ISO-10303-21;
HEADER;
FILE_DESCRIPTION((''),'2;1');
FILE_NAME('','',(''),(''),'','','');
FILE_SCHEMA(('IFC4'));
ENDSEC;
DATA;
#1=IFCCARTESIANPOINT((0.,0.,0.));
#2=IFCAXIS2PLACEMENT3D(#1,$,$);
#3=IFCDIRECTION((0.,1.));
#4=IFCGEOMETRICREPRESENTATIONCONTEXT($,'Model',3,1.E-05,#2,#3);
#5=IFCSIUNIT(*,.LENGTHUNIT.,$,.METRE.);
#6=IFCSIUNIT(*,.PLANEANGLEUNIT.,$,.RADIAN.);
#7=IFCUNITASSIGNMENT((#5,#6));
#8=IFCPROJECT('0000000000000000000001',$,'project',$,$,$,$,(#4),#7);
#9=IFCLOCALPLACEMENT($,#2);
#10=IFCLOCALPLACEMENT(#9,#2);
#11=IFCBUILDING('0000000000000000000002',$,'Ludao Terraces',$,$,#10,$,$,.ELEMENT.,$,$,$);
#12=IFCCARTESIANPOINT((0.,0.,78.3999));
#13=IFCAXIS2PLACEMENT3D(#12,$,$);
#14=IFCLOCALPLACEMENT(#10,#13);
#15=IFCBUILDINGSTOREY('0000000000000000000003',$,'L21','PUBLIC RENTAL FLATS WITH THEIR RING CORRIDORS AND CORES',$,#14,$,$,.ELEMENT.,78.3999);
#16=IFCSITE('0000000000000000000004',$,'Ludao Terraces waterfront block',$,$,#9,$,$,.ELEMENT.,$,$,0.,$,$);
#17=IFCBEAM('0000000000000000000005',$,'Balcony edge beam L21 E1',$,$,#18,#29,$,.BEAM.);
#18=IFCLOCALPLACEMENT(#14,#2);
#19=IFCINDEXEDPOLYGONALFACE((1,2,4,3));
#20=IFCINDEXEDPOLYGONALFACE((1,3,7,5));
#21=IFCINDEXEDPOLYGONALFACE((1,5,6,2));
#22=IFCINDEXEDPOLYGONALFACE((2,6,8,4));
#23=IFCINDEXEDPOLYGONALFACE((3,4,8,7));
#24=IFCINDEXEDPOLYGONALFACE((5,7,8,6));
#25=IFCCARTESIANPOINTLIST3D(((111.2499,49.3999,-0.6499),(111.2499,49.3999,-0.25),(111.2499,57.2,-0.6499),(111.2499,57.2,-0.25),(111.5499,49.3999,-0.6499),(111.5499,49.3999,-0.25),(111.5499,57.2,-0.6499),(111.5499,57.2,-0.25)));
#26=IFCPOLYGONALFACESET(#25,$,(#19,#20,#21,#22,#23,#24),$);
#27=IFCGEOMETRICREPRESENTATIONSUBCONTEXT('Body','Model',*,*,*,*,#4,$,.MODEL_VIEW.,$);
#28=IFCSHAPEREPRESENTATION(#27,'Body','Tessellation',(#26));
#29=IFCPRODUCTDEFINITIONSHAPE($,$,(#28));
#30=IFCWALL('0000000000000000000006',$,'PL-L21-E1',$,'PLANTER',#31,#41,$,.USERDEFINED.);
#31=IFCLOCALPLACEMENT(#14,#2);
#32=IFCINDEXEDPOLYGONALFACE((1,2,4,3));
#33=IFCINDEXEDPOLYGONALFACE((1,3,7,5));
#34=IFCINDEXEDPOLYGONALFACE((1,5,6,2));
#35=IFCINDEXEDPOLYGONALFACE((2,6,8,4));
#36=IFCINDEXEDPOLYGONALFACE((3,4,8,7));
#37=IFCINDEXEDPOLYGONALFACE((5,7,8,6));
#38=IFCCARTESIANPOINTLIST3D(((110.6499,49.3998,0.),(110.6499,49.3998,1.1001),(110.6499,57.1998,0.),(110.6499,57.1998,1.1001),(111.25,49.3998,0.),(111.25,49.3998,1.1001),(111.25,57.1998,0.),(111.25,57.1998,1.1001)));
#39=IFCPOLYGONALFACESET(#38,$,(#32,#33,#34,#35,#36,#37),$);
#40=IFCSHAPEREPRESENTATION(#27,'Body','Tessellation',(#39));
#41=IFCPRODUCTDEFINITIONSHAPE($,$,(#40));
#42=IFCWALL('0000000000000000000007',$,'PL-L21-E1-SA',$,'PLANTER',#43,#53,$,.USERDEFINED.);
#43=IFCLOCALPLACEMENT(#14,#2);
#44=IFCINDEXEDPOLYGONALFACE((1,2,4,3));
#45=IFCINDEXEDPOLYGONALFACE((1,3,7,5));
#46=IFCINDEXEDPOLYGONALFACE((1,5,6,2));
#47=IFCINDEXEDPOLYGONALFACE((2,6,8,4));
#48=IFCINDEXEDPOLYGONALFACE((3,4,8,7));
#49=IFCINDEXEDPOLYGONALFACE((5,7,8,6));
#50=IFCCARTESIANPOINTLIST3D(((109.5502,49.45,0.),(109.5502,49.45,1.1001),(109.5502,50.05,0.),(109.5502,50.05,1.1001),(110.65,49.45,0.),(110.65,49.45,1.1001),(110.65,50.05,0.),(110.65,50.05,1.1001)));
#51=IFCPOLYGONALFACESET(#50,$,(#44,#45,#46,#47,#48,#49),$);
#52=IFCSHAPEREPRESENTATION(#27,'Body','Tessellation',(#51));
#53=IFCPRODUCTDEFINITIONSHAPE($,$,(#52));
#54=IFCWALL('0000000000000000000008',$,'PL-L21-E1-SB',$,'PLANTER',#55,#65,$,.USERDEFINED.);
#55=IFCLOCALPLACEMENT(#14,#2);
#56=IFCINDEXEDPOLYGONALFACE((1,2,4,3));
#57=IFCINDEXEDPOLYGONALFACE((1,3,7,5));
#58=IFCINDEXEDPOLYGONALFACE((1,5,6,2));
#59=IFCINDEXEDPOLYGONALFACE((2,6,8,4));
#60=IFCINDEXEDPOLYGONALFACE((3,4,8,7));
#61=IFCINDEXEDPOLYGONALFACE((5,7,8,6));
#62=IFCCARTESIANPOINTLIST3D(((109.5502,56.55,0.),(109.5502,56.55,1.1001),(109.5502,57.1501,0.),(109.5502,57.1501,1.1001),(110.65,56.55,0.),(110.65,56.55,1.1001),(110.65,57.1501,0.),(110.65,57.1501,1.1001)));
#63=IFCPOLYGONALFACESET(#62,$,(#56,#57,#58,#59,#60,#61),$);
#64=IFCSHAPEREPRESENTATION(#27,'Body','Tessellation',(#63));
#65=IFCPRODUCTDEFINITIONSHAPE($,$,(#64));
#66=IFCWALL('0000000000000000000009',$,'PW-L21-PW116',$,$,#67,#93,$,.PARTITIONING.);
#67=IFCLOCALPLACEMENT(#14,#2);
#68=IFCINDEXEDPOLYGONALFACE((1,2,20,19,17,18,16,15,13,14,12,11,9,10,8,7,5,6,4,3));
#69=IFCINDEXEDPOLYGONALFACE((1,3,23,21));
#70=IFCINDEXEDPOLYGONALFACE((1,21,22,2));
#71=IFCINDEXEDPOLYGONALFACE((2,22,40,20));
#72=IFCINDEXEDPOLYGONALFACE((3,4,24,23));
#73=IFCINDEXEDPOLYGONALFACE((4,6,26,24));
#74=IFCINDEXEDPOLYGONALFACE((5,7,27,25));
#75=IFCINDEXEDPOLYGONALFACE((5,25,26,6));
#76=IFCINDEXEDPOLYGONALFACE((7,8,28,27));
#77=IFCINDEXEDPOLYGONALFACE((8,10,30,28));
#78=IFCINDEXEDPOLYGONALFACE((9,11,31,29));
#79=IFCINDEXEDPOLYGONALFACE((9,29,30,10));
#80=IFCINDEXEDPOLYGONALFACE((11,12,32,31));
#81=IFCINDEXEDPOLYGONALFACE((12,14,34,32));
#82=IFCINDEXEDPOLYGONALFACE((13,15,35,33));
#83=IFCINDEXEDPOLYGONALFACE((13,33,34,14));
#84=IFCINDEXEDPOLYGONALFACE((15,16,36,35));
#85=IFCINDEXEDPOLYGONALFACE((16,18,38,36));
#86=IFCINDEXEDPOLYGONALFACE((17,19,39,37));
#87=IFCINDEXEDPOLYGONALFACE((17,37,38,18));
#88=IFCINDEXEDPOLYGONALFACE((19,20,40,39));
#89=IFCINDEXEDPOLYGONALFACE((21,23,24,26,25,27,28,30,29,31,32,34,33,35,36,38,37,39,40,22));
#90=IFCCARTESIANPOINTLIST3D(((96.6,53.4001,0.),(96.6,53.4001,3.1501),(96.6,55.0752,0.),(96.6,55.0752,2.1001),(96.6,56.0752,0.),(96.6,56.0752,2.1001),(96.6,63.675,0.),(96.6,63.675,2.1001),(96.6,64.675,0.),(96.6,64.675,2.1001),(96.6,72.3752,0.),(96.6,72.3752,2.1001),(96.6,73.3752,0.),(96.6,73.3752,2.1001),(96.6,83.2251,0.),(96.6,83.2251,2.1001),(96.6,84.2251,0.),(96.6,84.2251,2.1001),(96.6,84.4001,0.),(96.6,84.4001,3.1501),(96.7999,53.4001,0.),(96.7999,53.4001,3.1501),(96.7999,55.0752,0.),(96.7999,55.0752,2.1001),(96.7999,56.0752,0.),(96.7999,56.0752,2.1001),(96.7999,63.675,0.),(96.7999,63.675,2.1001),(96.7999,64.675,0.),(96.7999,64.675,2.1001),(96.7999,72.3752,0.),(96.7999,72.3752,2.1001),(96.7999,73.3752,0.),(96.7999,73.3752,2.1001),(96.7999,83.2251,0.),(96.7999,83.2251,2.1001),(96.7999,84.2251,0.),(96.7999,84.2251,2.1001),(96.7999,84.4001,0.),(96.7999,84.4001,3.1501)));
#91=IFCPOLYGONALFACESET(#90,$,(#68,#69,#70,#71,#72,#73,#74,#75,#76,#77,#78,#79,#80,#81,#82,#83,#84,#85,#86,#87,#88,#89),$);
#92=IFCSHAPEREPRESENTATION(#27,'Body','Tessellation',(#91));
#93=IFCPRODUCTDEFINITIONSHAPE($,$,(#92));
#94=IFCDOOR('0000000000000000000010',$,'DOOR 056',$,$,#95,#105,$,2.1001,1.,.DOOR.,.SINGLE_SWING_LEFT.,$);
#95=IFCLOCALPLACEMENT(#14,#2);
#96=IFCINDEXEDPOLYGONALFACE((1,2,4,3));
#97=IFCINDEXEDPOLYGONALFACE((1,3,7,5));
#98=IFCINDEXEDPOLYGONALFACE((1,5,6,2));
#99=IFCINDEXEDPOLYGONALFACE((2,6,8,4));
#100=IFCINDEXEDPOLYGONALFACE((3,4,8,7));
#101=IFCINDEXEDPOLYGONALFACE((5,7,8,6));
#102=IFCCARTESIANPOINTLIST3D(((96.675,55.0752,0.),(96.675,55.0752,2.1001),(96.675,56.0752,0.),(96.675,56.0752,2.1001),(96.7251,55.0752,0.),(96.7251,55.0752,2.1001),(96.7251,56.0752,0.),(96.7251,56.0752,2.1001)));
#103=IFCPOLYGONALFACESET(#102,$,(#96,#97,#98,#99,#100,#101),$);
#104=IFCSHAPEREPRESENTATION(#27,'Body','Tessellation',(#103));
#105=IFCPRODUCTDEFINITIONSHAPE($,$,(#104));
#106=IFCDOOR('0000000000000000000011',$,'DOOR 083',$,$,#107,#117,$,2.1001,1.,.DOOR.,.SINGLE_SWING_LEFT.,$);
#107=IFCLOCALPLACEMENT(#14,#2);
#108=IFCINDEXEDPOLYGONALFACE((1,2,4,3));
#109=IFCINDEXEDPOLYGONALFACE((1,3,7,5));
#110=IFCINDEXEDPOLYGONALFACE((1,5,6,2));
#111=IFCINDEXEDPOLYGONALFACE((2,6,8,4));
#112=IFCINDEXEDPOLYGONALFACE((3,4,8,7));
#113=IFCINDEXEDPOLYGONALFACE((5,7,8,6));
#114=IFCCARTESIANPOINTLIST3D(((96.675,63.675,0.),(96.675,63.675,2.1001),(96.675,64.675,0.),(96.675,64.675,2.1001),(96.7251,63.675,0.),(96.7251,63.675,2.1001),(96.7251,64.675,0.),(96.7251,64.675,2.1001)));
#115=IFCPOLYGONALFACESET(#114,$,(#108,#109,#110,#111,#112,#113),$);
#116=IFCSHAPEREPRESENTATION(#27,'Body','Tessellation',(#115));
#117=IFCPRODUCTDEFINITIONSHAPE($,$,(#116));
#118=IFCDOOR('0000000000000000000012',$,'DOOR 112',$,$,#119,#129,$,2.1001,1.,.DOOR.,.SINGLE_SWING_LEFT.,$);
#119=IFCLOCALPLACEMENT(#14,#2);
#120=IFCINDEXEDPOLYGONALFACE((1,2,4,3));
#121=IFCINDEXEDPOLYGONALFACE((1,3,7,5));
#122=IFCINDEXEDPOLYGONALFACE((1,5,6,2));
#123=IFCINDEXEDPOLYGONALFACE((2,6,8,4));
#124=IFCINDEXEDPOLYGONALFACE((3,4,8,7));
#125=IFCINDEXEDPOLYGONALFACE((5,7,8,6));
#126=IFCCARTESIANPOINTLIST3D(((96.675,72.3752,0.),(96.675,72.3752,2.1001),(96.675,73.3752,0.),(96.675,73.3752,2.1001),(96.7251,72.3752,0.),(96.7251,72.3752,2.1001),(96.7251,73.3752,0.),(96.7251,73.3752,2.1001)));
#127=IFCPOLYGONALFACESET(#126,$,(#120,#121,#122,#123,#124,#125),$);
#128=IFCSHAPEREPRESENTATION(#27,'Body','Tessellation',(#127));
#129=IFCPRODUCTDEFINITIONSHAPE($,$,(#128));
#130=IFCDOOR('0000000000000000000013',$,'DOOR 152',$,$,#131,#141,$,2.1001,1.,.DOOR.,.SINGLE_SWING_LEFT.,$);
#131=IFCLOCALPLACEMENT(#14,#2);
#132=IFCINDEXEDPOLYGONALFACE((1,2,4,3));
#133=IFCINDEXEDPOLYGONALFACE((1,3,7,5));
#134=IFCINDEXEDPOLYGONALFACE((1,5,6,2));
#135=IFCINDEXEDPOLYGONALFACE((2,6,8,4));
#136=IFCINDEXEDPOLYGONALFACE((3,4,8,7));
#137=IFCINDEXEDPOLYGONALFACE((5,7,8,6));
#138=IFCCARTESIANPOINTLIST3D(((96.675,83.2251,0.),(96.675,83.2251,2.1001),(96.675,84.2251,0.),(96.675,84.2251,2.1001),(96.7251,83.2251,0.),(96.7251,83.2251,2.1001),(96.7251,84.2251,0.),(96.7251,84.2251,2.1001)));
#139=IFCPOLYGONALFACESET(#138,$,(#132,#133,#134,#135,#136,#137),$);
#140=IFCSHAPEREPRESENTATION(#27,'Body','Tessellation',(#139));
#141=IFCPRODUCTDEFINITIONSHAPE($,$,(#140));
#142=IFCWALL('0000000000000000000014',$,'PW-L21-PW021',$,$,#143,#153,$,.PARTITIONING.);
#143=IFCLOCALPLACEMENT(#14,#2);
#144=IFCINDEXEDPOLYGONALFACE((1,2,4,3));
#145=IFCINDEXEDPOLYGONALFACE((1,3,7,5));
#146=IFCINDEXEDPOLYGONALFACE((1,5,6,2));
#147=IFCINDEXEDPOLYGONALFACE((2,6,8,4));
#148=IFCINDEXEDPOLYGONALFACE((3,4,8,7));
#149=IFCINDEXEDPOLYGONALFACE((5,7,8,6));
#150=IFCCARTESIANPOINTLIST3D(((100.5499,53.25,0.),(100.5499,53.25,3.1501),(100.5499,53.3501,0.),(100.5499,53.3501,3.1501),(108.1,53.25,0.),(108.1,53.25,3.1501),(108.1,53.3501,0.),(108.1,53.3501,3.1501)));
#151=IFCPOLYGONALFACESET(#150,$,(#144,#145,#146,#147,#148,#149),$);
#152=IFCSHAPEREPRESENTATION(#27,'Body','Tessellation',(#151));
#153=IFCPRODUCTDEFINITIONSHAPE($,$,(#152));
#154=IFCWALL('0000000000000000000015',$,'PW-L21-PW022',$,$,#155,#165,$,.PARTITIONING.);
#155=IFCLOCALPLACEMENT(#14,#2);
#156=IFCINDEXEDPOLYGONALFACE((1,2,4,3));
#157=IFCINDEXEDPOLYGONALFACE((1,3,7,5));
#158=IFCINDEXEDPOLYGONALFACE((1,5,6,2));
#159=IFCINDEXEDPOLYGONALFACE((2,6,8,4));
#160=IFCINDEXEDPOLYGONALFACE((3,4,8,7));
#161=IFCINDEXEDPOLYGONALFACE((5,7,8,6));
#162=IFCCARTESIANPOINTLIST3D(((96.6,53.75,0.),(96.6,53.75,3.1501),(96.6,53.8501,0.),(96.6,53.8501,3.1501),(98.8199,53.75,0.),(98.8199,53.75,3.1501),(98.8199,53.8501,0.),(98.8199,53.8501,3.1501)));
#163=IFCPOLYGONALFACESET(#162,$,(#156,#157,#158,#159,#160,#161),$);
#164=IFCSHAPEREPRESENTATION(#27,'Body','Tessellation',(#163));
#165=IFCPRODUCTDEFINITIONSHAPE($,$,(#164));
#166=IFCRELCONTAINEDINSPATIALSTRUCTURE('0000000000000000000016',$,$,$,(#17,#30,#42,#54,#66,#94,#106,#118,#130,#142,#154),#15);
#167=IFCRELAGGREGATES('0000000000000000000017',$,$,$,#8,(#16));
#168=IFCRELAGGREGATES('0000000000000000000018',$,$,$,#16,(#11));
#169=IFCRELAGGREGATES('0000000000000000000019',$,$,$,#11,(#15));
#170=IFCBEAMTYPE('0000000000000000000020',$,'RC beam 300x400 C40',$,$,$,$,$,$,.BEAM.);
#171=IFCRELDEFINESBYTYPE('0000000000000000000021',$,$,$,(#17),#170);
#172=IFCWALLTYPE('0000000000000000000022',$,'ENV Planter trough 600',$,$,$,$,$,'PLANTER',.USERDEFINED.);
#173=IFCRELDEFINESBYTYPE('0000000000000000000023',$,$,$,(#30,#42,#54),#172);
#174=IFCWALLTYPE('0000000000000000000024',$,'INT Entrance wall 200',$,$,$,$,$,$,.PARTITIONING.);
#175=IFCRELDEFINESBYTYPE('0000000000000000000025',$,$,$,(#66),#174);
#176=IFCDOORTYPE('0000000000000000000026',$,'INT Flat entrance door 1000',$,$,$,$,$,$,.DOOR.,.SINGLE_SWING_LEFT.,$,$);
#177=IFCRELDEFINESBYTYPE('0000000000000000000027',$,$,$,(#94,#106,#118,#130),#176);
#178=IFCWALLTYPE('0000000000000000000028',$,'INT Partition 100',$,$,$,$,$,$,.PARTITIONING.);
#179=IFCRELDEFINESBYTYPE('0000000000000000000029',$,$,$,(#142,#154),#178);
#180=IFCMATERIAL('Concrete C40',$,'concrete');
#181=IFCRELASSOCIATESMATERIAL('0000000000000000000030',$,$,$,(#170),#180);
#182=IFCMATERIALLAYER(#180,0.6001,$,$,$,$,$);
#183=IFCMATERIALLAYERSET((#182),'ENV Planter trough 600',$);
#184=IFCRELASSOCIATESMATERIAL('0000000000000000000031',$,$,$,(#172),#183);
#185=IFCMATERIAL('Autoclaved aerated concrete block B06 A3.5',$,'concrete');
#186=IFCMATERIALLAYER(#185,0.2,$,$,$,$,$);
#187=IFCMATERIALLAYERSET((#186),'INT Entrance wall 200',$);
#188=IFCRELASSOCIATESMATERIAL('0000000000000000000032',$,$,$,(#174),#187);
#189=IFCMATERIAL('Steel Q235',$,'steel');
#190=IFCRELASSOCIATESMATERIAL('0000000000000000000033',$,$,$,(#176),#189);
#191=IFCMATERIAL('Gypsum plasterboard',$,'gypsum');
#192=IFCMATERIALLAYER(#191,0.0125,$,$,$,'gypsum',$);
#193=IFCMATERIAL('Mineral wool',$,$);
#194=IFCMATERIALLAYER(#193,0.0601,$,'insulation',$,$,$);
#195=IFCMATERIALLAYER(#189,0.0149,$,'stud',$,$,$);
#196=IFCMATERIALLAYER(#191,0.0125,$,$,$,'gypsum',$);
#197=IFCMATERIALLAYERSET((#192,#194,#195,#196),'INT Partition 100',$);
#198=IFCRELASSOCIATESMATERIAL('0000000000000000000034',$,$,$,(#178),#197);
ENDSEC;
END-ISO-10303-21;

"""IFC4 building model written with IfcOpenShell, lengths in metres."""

from ifc_helpers import new_model, si_unit, direction, frame, frame_2d, origin, origin_2d, place, context, subcontext, project, spatial, rectangle, extrude, material, layer, layer_set, material_profile, profile_set, type_object, element, fill, save


model = new_model("IFC4")

# Units and contexts
model_context = context("Model", 3, precision=1e-05, world=origin(), true_north=direction((0.0, 1.0)))
body_context = subcontext(model_context, "Body", "Model", "MODEL_VIEW")
ifc_project = project(units=[si_unit("LENGTHUNIT", "METRE"), si_unit("PLANEANGLEUNIT", "RADIAN")], contexts=[model_context])

# Site, building, storey
site_placement = place(None, origin())
site = spatial("IfcSite", under=ifc_project, at=site_placement, Name="Ludao Terraces waterfront block", CompositionType="ELEMENT", RefElevation=0.0)
building_placement = place(site_placement, origin())
building = spatial("IfcBuilding", under=site, at=building_placement, Name="Ludao Terraces", CompositionType="ELEMENT")
storey_placement = place(building_placement, frame((0.0, 0.0, 78.3999)))
storey = spatial("IfcBuildingStorey", under=building, at=storey_placement, Name="L21", Description="PUBLIC RENTAL FLATS WITH THEIR RING CORRIDORS AND CORES", CompositionType="ELEMENT", Elevation=78.3999)

# Beam
ifc_material_1 = material(Name="Concrete C40", Category="concrete")
ifc_material_profile = material_profile(ifc_material_1, rectangle(XDim=0.3, YDim=0.3999, at=origin_2d()), Name="300 X 400")
ifc_profile_set = profile_set([ifc_material_profile], Name="Concrete C40")
beam_type = type_object("IfcBeamType", Name="RC beam 300x400 C40", PredefinedType="BEAM", material=ifc_profile_set)
beam_placement = place(storey_placement, frame((111.3999, 49.3999, -0.45), z_axis=(0.0, 1.0, 0.0), x_axis=(-1.0, 0.0, 0.0)))
element("IfcBeam", 1, at=beam_placement, inside=storey, type_object=beam_type, Name="Balcony edge beam L21 E1", PredefinedType="BEAM", context=body_context, shape_type="SweptSolid", body=[
    extrude(rectangle(XDim=0.3, YDim=0.3999, at=origin_2d()), origin(), (0.0, 0.0, 1.0), 7.8),
])

# Walls
ifc_layer_1 = layer(ifc_material_1, 0.6001)
ifc_layer_set_1 = layer_set([ifc_layer_1], Name="ENV Planter trough 600")
wall_type_1 = type_object("IfcWallType", Name="ENV Planter trough 600", ElementType="PLANTER", PredefinedType="USERDEFINED", material=ifc_layer_set_1)
wall_1_placement = place(storey_placement, frame((110.95, 49.3999, 0.0), z_axis=(0.0, 0.0, 1.0), x_axis=(0.0, 1.0, 0.0)))
element("IfcWall", 2, at=wall_1_placement, inside=storey, type_object=wall_type_1, Name="PL-L21-E1", ObjectType="PLANTER", PredefinedType="USERDEFINED", context=body_context, shape_type="SweptSolid", body=[
    extrude(rectangle(XDim=7.8, YDim=0.6001, at=frame_2d((3.8999, 0.0))), origin(), (0.0, 0.0, 1.0), 1.1001),
])
for number, where, z_axis, x_axis, name in (
    (3, (110.6499, 49.75, 0.0), (0.0, 0.0, 1.0), (-1.0, 0.0, 0.0), "PL-L21-E1-SA"),
    (4, (110.6499, 56.8501, 0.0), (0.0, 0.0, 1.0), (-1.0, 0.0, 0.0), "PL-L21-E1-SB"),
):
    element("IfcWall", number, at=place(storey_placement, frame(where, z_axis=z_axis, x_axis=x_axis)), inside=storey, type_object=wall_type_1, Name=name, ObjectType="PLANTER", PredefinedType="USERDEFINED", context=body_context, shape_type="SweptSolid", body=[
        extrude(rectangle(XDim=1.0999, YDim=0.6001, at=frame_2d((0.5498, 0.0))), origin(), (0.0, 0.0, 1.0), 1.1001),
    ])

# Shared definitions
ifc_material_2 = material(Name="Mineral wool")

# Wall, openings, doors
ifc_material_3 = material(Name="Autoclaved aerated concrete block B06 A3.5", Category="concrete")
ifc_layer_2 = layer(ifc_material_3, 0.2)
ifc_layer_set_2 = layer_set([ifc_layer_2], Name="INT Entrance wall 200")
wall_type_2 = type_object("IfcWallType", Name="INT Entrance wall 200", PredefinedType="PARTITIONING", material=ifc_layer_set_2)
wall_2_placement = place(storey_placement, frame((96.7, 53.4001, 0.0), z_axis=(0.0, 0.0, 1.0), x_axis=(0.0, 1.0, 0.0)))
wall_2 = element("IfcWall", 5, at=wall_2_placement, inside=storey, type_object=wall_type_2, Name="PW-L21-PW116", PredefinedType="PARTITIONING", context=body_context, shape_type="SweptSolid", body=[
    extrude(rectangle(XDim=31.0, YDim=0.2, at=frame_2d((15.5, 0.0))), origin(), (0.0, 0.0, 1.0), 3.1501),
])
opening_1_placement = place(wall_2_placement, frame((1.675, 0.0, 0.0)))
opening_1 = element("IfcOpeningElement", 6, at=opening_1_placement, cuts=wall_2, PredefinedType="OPENING", context=body_context, shape_type="SweptSolid", body=[
    extrude(rectangle(XDim=1.0, YDim=2.1001, at=frame_2d((0.5, 1.05))), frame((0.0, 0.1099, 0.0), z_axis=(0.0, -1.0, 0.0), x_axis=(1.0, 0.0, 0.0)), (0.0, 0.0, 1.0), 0.22),
])
opening_2_placement = place(wall_2_placement, frame((10.2749, 0.0, 0.0)))
opening_2 = element("IfcOpeningElement", 7, at=opening_2_placement, cuts=wall_2, PredefinedType="OPENING", context=body_context, shape_type="SweptSolid", body=[
    extrude(rectangle(XDim=1.0, YDim=2.1001, at=frame_2d((0.5, 1.05))), frame((0.0, 0.1099, 0.0), z_axis=(0.0, -1.0, 0.0), x_axis=(1.0, 0.0, 0.0)), (0.0, 0.0, 1.0), 0.22),
])
opening_3_placement = place(wall_2_placement, frame((18.9751, 0.0, 0.0)))
opening_3 = element("IfcOpeningElement", 8, at=opening_3_placement, cuts=wall_2, PredefinedType="OPENING", context=body_context, shape_type="SweptSolid", body=[
    extrude(rectangle(XDim=1.0, YDim=2.1001, at=frame_2d((0.5, 1.05))), frame((0.0, 0.1099, 0.0), z_axis=(0.0, -1.0, 0.0), x_axis=(1.0, 0.0, 0.0)), (0.0, 0.0, 1.0), 0.22),
])
opening_4_placement = place(wall_2_placement, frame((29.825, 0.0, 0.0)))
opening_4 = element("IfcOpeningElement", 9, at=opening_4_placement, cuts=wall_2, PredefinedType="OPENING", context=body_context, shape_type="SweptSolid", body=[
    extrude(rectangle(XDim=1.0, YDim=2.1001, at=frame_2d((0.5, 1.05))), frame((0.0, 0.1099, 0.0), z_axis=(0.0, -1.0, 0.0), x_axis=(1.0, 0.0, 0.0)), (0.0, 0.0, 1.0), 0.22),
])
ifc_material_4 = material(Name="Steel Q235", Category="steel")
door_type_1 = type_object("IfcDoorType", Name="INT Flat entrance door 1000", OperationType="SINGLE_SWING_LEFT", PredefinedType="DOOR", material=ifc_material_4)
door_1_placement = place(opening_1_placement, origin())
door_1 = element("IfcDoor", 10, at=door_1_placement, inside=storey, type_object=door_type_1, Name="DOOR 056", OperationType="SINGLE_SWING_LEFT", OverallHeight=2.1001, OverallWidth=1.0, PredefinedType="DOOR", context=body_context, shape_type="SweptSolid", body=[
    extrude(rectangle(XDim=1.0, YDim=2.1001, at=frame_2d((0.5, 1.05))), frame((0.0, 0.0249, 0.0), z_axis=(0.0, -1.0, 0.0), x_axis=(1.0, 0.0, 0.0)), (0.0, 0.0, 1.0), 0.05),
])
fill(opening_1, door_1)
door_2_placement = place(opening_2_placement, origin())
door_2 = element("IfcDoor", 11, at=door_2_placement, inside=storey, type_object=door_type_1, Name="DOOR 083", OperationType="SINGLE_SWING_LEFT", OverallHeight=2.1001, OverallWidth=1.0, PredefinedType="DOOR", context=body_context, shape_type="SweptSolid", body=[
    extrude(rectangle(XDim=1.0, YDim=2.1001, at=frame_2d((0.5, 1.05))), frame((0.0, 0.0249, 0.0), z_axis=(0.0, -1.0, 0.0), x_axis=(1.0, 0.0, 0.0)), (0.0, 0.0, 1.0), 0.05),
])
fill(opening_2, door_2)
door_3_placement = place(opening_3_placement, origin())
door_3 = element("IfcDoor", 12, at=door_3_placement, inside=storey, type_object=door_type_1, Name="DOOR 112", OperationType="SINGLE_SWING_LEFT", OverallHeight=2.1001, OverallWidth=1.0, PredefinedType="DOOR", context=body_context, shape_type="SweptSolid", body=[
    extrude(rectangle(XDim=1.0, YDim=2.1001, at=frame_2d((0.5, 1.05))), frame((0.0, 0.0249, 0.0), z_axis=(0.0, -1.0, 0.0), x_axis=(1.0, 0.0, 0.0)), (0.0, 0.0, 1.0), 0.05),
])
fill(opening_3, door_3)
door_4_placement = place(opening_4_placement, origin())
door_4 = element("IfcDoor", 13, at=door_4_placement, inside=storey, type_object=door_type_1, Name="DOOR 152", OperationType="SINGLE_SWING_LEFT", OverallHeight=2.1001, OverallWidth=1.0, PredefinedType="DOOR", context=body_context, shape_type="SweptSolid", body=[
    extrude(rectangle(XDim=1.0, YDim=2.1001, at=frame_2d((0.5, 1.05))), frame((0.0, 0.0249, 0.0), z_axis=(0.0, -1.0, 0.0), x_axis=(1.0, 0.0, 0.0)), (0.0, 0.0, 1.0), 0.05),
])
fill(opening_4, door_4)

# Walls
ifc_material_5 = material(Name="Gypsum plasterboard", Category="gypsum")
ifc_layer_3 = layer(ifc_material_5, 0.0125, Category="gypsum")
ifc_layer_4 = layer(ifc_material_2, 0.0601, Name="insulation")
ifc_layer_5 = layer(ifc_material_4, 0.0149, Name="stud")
ifc_layer_6 = layer(ifc_material_5, 0.0125, Category="gypsum")
ifc_layer_set_3 = layer_set([ifc_layer_3, ifc_layer_4, ifc_layer_5, ifc_layer_6], Name="INT Partition 100")
wall_type_3 = type_object("IfcWallType", Name="INT Partition 100", PredefinedType="PARTITIONING", material=ifc_layer_set_3)
wall_3_placement = place(storey_placement, frame((100.55, 53.3, 0.0), z_axis=(0.0, 0.0, 1.0), x_axis=(1.0, 0.0, 0.0)))
element("IfcWall", 14, at=wall_3_placement, inside=storey, type_object=wall_type_3, Name="PW-L21-PW021", PredefinedType="PARTITIONING", context=body_context, shape_type="SweptSolid", body=[
    extrude(rectangle(XDim=7.55, YDim=0.1001, at=frame_2d((3.7749, 0.0))), origin(), (0.0, 0.0, 1.0), 3.1501),
])
for number, where, z_axis, x_axis, name in (
    (15, (96.6001, 53.8, 0.0), (0.0, 0.0, 1.0), (1.0, 0.0, 0.0), "PW-L21-PW022"),
):
    element("IfcWall", number, at=place(storey_placement, frame(where, z_axis=z_axis, x_axis=x_axis)), inside=storey, type_object=wall_type_3, Name=name, PredefinedType="PARTITIONING", context=body_context, shape_type="SweptSolid", body=[
        extrude(rectangle(XDim=2.22, YDim=0.1001, at=frame_2d((1.1099, 0.0))), origin(), (0.0, 0.0, 1.0), 3.1501),
    ])

save(model, "model.ifc")
